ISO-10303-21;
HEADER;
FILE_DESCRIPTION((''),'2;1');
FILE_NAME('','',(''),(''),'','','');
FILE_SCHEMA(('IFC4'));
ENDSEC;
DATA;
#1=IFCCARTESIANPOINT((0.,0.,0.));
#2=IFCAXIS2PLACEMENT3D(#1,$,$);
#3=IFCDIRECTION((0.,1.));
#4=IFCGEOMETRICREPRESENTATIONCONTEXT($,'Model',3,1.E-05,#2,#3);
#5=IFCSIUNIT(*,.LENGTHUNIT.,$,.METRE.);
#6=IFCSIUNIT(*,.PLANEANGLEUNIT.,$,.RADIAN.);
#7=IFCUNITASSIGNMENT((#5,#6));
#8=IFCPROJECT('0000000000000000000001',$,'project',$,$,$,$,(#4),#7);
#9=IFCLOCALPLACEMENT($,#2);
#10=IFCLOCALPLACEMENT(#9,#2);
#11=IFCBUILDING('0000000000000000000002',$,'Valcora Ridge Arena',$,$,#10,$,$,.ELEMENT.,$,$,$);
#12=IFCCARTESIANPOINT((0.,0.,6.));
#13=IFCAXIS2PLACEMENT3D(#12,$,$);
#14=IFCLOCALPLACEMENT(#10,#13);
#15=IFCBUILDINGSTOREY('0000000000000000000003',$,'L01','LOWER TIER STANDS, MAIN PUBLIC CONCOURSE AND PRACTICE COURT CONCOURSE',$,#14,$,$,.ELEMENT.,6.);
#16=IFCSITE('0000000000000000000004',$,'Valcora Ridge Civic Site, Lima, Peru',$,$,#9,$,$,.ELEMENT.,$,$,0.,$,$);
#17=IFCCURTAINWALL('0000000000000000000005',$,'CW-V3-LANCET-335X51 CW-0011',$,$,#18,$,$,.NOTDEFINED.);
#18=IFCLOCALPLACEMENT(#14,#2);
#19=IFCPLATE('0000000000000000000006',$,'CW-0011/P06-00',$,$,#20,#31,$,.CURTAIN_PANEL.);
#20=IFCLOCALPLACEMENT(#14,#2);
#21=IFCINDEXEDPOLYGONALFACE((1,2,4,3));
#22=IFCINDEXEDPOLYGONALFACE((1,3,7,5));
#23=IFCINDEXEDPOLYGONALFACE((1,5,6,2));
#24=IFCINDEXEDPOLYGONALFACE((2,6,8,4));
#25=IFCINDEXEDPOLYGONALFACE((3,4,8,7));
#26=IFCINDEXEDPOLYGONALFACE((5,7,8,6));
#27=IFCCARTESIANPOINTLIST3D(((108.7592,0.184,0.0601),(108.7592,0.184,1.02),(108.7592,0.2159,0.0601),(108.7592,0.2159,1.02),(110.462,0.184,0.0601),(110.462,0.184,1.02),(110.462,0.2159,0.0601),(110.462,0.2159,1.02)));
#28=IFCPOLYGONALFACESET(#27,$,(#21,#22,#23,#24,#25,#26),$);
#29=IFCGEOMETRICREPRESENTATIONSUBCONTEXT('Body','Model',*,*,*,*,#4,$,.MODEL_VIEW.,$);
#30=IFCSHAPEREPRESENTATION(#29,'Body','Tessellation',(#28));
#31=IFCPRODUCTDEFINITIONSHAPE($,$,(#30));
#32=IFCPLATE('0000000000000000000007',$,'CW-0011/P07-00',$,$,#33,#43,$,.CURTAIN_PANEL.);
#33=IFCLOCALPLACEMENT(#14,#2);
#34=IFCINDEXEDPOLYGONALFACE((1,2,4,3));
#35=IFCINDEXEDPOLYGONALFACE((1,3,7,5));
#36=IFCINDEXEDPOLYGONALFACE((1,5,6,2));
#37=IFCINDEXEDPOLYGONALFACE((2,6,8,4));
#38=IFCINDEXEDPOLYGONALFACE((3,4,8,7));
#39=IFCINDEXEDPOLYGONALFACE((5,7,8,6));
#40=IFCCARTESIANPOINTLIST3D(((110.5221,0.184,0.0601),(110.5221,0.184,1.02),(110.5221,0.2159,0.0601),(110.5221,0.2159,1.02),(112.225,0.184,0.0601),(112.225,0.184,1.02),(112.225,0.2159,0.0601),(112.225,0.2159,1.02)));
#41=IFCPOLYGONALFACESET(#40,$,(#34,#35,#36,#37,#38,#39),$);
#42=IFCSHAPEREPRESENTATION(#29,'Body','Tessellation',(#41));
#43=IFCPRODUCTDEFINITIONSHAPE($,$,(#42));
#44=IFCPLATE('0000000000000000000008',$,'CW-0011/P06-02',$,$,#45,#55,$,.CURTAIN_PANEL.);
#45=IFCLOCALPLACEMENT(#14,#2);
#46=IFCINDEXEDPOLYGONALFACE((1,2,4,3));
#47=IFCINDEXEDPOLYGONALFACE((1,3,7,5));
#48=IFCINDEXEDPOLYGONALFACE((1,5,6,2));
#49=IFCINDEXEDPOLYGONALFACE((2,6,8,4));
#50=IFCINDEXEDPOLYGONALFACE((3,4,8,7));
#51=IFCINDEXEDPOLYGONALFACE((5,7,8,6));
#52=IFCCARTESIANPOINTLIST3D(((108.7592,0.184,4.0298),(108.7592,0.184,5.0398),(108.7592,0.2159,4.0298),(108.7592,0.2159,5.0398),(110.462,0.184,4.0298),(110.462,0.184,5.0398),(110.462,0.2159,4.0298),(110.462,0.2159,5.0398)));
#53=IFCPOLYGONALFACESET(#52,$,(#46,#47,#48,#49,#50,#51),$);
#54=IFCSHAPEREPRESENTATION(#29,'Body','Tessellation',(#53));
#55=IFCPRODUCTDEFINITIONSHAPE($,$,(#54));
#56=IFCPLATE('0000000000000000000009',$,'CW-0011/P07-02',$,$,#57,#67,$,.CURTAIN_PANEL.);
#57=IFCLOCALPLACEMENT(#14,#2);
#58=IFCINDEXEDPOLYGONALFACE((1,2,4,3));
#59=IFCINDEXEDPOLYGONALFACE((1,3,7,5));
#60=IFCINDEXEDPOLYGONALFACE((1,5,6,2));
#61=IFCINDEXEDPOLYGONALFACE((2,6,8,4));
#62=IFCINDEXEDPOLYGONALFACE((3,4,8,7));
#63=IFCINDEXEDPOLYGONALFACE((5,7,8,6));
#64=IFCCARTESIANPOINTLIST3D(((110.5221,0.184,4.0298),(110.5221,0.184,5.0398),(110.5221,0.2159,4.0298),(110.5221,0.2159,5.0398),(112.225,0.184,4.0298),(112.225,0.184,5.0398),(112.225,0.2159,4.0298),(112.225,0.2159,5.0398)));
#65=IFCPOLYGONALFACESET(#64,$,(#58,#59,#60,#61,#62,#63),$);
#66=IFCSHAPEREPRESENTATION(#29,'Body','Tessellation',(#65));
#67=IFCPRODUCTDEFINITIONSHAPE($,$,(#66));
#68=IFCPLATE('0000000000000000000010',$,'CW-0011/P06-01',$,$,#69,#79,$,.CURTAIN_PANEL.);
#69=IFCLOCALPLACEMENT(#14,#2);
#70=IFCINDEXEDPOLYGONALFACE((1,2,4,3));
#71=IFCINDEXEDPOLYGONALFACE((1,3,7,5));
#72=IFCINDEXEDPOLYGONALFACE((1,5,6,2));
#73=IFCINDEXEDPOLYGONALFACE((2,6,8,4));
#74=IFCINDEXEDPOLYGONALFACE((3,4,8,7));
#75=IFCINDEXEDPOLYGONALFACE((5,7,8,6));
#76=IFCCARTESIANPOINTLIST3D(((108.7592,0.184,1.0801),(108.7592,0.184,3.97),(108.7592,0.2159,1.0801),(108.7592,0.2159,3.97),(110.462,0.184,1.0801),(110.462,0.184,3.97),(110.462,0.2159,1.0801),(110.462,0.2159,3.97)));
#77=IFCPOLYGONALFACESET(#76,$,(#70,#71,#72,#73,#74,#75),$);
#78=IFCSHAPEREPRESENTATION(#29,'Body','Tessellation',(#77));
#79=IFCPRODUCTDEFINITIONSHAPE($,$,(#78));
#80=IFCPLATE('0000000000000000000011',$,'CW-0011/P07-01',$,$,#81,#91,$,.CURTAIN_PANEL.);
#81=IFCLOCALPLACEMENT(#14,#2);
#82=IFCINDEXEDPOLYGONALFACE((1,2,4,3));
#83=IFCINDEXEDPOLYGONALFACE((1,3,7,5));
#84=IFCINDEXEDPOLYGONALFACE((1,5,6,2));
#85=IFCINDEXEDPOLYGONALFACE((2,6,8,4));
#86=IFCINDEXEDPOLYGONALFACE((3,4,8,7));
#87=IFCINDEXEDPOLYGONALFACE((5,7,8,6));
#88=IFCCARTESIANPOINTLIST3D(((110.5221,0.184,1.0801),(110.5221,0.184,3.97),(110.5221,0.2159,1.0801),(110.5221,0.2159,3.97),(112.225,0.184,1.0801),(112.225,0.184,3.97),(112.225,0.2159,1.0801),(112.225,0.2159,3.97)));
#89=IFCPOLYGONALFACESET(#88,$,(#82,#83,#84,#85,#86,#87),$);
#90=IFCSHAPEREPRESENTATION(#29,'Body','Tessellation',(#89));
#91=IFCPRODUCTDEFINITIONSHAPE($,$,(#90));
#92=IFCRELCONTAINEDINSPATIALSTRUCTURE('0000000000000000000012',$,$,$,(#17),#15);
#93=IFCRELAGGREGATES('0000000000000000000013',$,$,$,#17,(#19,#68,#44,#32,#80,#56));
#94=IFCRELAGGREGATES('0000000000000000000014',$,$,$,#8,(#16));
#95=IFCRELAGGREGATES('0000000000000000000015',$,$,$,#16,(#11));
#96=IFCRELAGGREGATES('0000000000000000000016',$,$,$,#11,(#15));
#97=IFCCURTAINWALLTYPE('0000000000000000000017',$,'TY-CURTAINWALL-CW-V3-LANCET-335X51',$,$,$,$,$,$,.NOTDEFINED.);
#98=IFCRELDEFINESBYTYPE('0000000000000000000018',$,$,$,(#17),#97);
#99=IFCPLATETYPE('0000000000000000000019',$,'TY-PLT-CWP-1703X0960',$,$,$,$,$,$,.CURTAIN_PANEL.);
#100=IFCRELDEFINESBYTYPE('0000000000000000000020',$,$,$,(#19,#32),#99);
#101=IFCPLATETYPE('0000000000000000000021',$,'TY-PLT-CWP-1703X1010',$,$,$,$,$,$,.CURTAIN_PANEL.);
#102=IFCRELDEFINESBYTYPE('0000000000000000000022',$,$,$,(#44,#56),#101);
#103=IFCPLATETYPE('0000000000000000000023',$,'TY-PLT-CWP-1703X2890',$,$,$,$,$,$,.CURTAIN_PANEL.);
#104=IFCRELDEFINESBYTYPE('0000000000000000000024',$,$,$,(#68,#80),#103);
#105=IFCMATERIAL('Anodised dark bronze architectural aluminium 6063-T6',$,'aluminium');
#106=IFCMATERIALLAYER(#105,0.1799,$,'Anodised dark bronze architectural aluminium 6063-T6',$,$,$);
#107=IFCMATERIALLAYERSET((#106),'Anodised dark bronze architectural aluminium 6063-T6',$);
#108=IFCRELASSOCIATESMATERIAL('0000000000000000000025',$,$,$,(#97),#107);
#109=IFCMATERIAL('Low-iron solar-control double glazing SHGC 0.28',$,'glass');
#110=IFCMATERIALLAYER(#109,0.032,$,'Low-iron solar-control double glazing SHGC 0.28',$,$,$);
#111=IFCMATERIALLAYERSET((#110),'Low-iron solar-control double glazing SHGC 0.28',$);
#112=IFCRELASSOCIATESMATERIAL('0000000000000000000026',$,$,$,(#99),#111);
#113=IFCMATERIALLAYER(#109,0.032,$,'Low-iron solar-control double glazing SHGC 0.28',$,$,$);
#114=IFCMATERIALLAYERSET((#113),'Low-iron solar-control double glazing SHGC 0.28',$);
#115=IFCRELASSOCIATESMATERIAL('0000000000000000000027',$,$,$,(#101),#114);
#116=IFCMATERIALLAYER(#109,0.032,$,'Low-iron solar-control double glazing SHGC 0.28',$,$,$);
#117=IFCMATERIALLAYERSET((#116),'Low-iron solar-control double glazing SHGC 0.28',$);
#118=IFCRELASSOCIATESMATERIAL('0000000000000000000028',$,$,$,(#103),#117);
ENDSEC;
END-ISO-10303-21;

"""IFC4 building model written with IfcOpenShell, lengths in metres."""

from ifc_helpers import new_model, si_unit, direction, frame, origin, origin_2d, place, context, subcontext, project, spatial, rectangle, extrude, material, layer, layer_set, type_object, element, aggregate, save


model = new_model("IFC4")

# Units and contexts
model_context = context("Model", 3, precision=1e-05, world=origin(), true_north=direction((0.0, 1.0)))
body_context = subcontext(model_context, "Body", "Model", "MODEL_VIEW")
ifc_project = project(units=[si_unit("LENGTHUNIT", "METRE"), si_unit("PLANEANGLEUNIT", "RADIAN")], contexts=[model_context])

# Site, building, storey
site_placement = place(None, origin())
site = spatial("IfcSite", under=ifc_project, at=site_placement, Name="Valcora Ridge Civic Site, Lima, Peru", CompositionType="ELEMENT", RefElevation=0.0)
building_placement = place(site_placement, origin())
building = spatial("IfcBuilding", under=site, at=building_placement, Name="Valcora Ridge Arena", CompositionType="ELEMENT")
storey_placement = place(building_placement, frame((0.0, 0.0, 6.0)))
storey = spatial("IfcBuildingStorey", under=building, at=storey_placement, Name="L01", Description="LOWER TIER STANDS, MAIN PUBLIC CONCOURSE AND PRACTICE COURT CONCOURSE", CompositionType="ELEMENT", Elevation=6.0)

# Curtain wall, plates
ifc_material_1 = material(Name="Anodised dark bronze architectural aluminium 6063-T6", Category="aluminium")
ifc_layer_1 = layer(ifc_material_1, 0.1799, Name="Anodised dark bronze architectural aluminium 6063-T6")
ifc_layer_set_1 = layer_set([ifc_layer_1], Name="Anodised dark bronze architectural aluminium 6063-T6")
curtain_wall_type = type_object("IfcCurtainWallType", Name="TY-CURTAINWALL-CW-V3-LANCET-335X51", PredefinedType="NOTDEFINED", material=ifc_layer_set_1)
curtain_wall_placement = place(storey_placement, origin())
curtain_wall = element("IfcCurtainWall", 1, at=curtain_wall_placement, inside=storey, type_object=curtain_wall_type, Name="CW-V3-LANCET-335X51 CW-0011", PredefinedType="NOTDEFINED")
ifc_material_2 = material(Name="Low-iron solar-control double glazing SHGC 0.28", Category="glass")
ifc_layer_2 = layer(ifc_material_2, 0.032, Name="Low-iron solar-control double glazing SHGC 0.28")
ifc_layer_set_2 = layer_set([ifc_layer_2], Name="Low-iron solar-control double glazing SHGC 0.28")
plate_type_1 = type_object("IfcPlateType", Name="TY-PLT-CWP-1703X0960", PredefinedType="CURTAIN_PANEL", material=ifc_layer_set_2)
plate_1_placement = place(storey_placement, frame((109.6106, 0.2, 0.0601), z_axis=(0.0, 0.0, 1.0), x_axis=(1.0, 0.0, 0.0)))
plate_1 = element("IfcPlate", 2, at=plate_1_placement, type_object=plate_type_1, Name="CW-0011/P06-00", PredefinedType="CURTAIN_PANEL", context=body_context, shape_type="SweptSolid", body=[
    extrude(rectangle(XDim=1.7029, YDim=0.032, at=origin_2d()), origin(), (0.0, 0.0, 1.0), 0.96),
])
plate_2_placement = place(storey_placement, frame((111.3735, 0.2, 0.0601), z_axis=(0.0, 0.0, 1.0), x_axis=(1.0, 0.0, 0.0)))
plate_2 = element("IfcPlate", 3, at=plate_2_placement, type_object=plate_type_1, Name="CW-0011/P07-00", PredefinedType="CURTAIN_PANEL", context=body_context, shape_type="SweptSolid", body=[
    extrude(rectangle(XDim=1.7029, YDim=0.032, at=origin_2d()), origin(), (0.0, 0.0, 1.0), 0.96),
])
ifc_layer_3 = layer(ifc_material_2, 0.032, Name="Low-iron solar-control double glazing SHGC 0.28")
ifc_layer_set_3 = layer_set([ifc_layer_3], Name="Low-iron solar-control double glazing SHGC 0.28")
plate_type_2 = type_object("IfcPlateType", Name="TY-PLT-CWP-1703X1010", PredefinedType="CURTAIN_PANEL", material=ifc_layer_set_3)
plate_3_placement = place(storey_placement, frame((109.6106, 0.2, 4.0298), z_axis=(0.0, 0.0, 1.0), x_axis=(1.0, 0.0, 0.0)))
plate_3 = element("IfcPlate", 4, at=plate_3_placement, type_object=plate_type_2, Name="CW-0011/P06-02", PredefinedType="CURTAIN_PANEL", context=body_context, shape_type="SweptSolid", body=[
    extrude(rectangle(XDim=1.7029, YDim=0.032, at=origin_2d()), origin(), (0.0, 0.0, 1.0), 1.01),
])
plate_4_placement = place(storey_placement, frame((111.3735, 0.2, 4.0298), z_axis=(0.0, 0.0, 1.0), x_axis=(1.0, 0.0, 0.0)))
plate_4 = element("IfcPlate", 5, at=plate_4_placement, type_object=plate_type_2, Name="CW-0011/P07-02", PredefinedType="CURTAIN_PANEL", context=body_context, shape_type="SweptSolid", body=[
    extrude(rectangle(XDim=1.7029, YDim=0.032, at=origin_2d()), origin(), (0.0, 0.0, 1.0), 1.01),
])
ifc_layer_4 = layer(ifc_material_2, 0.032, Name="Low-iron solar-control double glazing SHGC 0.28")
ifc_layer_set_4 = layer_set([ifc_layer_4], Name="Low-iron solar-control double glazing SHGC 0.28")
plate_type_3 = type_object("IfcPlateType", Name="TY-PLT-CWP-1703X2890", PredefinedType="CURTAIN_PANEL", material=ifc_layer_set_4)
plate_5_placement = place(storey_placement, frame((109.6106, 0.2, 1.0801), z_axis=(0.0, 0.0, 1.0), x_axis=(1.0, 0.0, 0.0)))
plate_5 = element("IfcPlate", 6, at=plate_5_placement, type_object=plate_type_3, Name="CW-0011/P06-01", PredefinedType="CURTAIN_PANEL", context=body_context, shape_type="SweptSolid", body=[
    extrude(rectangle(XDim=1.7029, YDim=0.032, at=origin_2d()), origin(), (0.0, 0.0, 1.0), 2.8899),
])
plate_6_placement = place(storey_placement, frame((111.3735, 0.2, 1.0801), z_axis=(0.0, 0.0, 1.0), x_axis=(1.0, 0.0, 0.0)))
plate_6 = element("IfcPlate", 7, at=plate_6_placement, type_object=plate_type_3, Name="CW-0011/P07-01", PredefinedType="CURTAIN_PANEL", context=body_context, shape_type="SweptSolid", body=[
    extrude(rectangle(XDim=1.7029, YDim=0.032, at=origin_2d()), origin(), (0.0, 0.0, 1.0), 2.8899),
])
aggregate(curtain_wall, [plate_1, plate_5, plate_3, plate_2, plate_6, plate_4])

save(model, "model.ifc")
